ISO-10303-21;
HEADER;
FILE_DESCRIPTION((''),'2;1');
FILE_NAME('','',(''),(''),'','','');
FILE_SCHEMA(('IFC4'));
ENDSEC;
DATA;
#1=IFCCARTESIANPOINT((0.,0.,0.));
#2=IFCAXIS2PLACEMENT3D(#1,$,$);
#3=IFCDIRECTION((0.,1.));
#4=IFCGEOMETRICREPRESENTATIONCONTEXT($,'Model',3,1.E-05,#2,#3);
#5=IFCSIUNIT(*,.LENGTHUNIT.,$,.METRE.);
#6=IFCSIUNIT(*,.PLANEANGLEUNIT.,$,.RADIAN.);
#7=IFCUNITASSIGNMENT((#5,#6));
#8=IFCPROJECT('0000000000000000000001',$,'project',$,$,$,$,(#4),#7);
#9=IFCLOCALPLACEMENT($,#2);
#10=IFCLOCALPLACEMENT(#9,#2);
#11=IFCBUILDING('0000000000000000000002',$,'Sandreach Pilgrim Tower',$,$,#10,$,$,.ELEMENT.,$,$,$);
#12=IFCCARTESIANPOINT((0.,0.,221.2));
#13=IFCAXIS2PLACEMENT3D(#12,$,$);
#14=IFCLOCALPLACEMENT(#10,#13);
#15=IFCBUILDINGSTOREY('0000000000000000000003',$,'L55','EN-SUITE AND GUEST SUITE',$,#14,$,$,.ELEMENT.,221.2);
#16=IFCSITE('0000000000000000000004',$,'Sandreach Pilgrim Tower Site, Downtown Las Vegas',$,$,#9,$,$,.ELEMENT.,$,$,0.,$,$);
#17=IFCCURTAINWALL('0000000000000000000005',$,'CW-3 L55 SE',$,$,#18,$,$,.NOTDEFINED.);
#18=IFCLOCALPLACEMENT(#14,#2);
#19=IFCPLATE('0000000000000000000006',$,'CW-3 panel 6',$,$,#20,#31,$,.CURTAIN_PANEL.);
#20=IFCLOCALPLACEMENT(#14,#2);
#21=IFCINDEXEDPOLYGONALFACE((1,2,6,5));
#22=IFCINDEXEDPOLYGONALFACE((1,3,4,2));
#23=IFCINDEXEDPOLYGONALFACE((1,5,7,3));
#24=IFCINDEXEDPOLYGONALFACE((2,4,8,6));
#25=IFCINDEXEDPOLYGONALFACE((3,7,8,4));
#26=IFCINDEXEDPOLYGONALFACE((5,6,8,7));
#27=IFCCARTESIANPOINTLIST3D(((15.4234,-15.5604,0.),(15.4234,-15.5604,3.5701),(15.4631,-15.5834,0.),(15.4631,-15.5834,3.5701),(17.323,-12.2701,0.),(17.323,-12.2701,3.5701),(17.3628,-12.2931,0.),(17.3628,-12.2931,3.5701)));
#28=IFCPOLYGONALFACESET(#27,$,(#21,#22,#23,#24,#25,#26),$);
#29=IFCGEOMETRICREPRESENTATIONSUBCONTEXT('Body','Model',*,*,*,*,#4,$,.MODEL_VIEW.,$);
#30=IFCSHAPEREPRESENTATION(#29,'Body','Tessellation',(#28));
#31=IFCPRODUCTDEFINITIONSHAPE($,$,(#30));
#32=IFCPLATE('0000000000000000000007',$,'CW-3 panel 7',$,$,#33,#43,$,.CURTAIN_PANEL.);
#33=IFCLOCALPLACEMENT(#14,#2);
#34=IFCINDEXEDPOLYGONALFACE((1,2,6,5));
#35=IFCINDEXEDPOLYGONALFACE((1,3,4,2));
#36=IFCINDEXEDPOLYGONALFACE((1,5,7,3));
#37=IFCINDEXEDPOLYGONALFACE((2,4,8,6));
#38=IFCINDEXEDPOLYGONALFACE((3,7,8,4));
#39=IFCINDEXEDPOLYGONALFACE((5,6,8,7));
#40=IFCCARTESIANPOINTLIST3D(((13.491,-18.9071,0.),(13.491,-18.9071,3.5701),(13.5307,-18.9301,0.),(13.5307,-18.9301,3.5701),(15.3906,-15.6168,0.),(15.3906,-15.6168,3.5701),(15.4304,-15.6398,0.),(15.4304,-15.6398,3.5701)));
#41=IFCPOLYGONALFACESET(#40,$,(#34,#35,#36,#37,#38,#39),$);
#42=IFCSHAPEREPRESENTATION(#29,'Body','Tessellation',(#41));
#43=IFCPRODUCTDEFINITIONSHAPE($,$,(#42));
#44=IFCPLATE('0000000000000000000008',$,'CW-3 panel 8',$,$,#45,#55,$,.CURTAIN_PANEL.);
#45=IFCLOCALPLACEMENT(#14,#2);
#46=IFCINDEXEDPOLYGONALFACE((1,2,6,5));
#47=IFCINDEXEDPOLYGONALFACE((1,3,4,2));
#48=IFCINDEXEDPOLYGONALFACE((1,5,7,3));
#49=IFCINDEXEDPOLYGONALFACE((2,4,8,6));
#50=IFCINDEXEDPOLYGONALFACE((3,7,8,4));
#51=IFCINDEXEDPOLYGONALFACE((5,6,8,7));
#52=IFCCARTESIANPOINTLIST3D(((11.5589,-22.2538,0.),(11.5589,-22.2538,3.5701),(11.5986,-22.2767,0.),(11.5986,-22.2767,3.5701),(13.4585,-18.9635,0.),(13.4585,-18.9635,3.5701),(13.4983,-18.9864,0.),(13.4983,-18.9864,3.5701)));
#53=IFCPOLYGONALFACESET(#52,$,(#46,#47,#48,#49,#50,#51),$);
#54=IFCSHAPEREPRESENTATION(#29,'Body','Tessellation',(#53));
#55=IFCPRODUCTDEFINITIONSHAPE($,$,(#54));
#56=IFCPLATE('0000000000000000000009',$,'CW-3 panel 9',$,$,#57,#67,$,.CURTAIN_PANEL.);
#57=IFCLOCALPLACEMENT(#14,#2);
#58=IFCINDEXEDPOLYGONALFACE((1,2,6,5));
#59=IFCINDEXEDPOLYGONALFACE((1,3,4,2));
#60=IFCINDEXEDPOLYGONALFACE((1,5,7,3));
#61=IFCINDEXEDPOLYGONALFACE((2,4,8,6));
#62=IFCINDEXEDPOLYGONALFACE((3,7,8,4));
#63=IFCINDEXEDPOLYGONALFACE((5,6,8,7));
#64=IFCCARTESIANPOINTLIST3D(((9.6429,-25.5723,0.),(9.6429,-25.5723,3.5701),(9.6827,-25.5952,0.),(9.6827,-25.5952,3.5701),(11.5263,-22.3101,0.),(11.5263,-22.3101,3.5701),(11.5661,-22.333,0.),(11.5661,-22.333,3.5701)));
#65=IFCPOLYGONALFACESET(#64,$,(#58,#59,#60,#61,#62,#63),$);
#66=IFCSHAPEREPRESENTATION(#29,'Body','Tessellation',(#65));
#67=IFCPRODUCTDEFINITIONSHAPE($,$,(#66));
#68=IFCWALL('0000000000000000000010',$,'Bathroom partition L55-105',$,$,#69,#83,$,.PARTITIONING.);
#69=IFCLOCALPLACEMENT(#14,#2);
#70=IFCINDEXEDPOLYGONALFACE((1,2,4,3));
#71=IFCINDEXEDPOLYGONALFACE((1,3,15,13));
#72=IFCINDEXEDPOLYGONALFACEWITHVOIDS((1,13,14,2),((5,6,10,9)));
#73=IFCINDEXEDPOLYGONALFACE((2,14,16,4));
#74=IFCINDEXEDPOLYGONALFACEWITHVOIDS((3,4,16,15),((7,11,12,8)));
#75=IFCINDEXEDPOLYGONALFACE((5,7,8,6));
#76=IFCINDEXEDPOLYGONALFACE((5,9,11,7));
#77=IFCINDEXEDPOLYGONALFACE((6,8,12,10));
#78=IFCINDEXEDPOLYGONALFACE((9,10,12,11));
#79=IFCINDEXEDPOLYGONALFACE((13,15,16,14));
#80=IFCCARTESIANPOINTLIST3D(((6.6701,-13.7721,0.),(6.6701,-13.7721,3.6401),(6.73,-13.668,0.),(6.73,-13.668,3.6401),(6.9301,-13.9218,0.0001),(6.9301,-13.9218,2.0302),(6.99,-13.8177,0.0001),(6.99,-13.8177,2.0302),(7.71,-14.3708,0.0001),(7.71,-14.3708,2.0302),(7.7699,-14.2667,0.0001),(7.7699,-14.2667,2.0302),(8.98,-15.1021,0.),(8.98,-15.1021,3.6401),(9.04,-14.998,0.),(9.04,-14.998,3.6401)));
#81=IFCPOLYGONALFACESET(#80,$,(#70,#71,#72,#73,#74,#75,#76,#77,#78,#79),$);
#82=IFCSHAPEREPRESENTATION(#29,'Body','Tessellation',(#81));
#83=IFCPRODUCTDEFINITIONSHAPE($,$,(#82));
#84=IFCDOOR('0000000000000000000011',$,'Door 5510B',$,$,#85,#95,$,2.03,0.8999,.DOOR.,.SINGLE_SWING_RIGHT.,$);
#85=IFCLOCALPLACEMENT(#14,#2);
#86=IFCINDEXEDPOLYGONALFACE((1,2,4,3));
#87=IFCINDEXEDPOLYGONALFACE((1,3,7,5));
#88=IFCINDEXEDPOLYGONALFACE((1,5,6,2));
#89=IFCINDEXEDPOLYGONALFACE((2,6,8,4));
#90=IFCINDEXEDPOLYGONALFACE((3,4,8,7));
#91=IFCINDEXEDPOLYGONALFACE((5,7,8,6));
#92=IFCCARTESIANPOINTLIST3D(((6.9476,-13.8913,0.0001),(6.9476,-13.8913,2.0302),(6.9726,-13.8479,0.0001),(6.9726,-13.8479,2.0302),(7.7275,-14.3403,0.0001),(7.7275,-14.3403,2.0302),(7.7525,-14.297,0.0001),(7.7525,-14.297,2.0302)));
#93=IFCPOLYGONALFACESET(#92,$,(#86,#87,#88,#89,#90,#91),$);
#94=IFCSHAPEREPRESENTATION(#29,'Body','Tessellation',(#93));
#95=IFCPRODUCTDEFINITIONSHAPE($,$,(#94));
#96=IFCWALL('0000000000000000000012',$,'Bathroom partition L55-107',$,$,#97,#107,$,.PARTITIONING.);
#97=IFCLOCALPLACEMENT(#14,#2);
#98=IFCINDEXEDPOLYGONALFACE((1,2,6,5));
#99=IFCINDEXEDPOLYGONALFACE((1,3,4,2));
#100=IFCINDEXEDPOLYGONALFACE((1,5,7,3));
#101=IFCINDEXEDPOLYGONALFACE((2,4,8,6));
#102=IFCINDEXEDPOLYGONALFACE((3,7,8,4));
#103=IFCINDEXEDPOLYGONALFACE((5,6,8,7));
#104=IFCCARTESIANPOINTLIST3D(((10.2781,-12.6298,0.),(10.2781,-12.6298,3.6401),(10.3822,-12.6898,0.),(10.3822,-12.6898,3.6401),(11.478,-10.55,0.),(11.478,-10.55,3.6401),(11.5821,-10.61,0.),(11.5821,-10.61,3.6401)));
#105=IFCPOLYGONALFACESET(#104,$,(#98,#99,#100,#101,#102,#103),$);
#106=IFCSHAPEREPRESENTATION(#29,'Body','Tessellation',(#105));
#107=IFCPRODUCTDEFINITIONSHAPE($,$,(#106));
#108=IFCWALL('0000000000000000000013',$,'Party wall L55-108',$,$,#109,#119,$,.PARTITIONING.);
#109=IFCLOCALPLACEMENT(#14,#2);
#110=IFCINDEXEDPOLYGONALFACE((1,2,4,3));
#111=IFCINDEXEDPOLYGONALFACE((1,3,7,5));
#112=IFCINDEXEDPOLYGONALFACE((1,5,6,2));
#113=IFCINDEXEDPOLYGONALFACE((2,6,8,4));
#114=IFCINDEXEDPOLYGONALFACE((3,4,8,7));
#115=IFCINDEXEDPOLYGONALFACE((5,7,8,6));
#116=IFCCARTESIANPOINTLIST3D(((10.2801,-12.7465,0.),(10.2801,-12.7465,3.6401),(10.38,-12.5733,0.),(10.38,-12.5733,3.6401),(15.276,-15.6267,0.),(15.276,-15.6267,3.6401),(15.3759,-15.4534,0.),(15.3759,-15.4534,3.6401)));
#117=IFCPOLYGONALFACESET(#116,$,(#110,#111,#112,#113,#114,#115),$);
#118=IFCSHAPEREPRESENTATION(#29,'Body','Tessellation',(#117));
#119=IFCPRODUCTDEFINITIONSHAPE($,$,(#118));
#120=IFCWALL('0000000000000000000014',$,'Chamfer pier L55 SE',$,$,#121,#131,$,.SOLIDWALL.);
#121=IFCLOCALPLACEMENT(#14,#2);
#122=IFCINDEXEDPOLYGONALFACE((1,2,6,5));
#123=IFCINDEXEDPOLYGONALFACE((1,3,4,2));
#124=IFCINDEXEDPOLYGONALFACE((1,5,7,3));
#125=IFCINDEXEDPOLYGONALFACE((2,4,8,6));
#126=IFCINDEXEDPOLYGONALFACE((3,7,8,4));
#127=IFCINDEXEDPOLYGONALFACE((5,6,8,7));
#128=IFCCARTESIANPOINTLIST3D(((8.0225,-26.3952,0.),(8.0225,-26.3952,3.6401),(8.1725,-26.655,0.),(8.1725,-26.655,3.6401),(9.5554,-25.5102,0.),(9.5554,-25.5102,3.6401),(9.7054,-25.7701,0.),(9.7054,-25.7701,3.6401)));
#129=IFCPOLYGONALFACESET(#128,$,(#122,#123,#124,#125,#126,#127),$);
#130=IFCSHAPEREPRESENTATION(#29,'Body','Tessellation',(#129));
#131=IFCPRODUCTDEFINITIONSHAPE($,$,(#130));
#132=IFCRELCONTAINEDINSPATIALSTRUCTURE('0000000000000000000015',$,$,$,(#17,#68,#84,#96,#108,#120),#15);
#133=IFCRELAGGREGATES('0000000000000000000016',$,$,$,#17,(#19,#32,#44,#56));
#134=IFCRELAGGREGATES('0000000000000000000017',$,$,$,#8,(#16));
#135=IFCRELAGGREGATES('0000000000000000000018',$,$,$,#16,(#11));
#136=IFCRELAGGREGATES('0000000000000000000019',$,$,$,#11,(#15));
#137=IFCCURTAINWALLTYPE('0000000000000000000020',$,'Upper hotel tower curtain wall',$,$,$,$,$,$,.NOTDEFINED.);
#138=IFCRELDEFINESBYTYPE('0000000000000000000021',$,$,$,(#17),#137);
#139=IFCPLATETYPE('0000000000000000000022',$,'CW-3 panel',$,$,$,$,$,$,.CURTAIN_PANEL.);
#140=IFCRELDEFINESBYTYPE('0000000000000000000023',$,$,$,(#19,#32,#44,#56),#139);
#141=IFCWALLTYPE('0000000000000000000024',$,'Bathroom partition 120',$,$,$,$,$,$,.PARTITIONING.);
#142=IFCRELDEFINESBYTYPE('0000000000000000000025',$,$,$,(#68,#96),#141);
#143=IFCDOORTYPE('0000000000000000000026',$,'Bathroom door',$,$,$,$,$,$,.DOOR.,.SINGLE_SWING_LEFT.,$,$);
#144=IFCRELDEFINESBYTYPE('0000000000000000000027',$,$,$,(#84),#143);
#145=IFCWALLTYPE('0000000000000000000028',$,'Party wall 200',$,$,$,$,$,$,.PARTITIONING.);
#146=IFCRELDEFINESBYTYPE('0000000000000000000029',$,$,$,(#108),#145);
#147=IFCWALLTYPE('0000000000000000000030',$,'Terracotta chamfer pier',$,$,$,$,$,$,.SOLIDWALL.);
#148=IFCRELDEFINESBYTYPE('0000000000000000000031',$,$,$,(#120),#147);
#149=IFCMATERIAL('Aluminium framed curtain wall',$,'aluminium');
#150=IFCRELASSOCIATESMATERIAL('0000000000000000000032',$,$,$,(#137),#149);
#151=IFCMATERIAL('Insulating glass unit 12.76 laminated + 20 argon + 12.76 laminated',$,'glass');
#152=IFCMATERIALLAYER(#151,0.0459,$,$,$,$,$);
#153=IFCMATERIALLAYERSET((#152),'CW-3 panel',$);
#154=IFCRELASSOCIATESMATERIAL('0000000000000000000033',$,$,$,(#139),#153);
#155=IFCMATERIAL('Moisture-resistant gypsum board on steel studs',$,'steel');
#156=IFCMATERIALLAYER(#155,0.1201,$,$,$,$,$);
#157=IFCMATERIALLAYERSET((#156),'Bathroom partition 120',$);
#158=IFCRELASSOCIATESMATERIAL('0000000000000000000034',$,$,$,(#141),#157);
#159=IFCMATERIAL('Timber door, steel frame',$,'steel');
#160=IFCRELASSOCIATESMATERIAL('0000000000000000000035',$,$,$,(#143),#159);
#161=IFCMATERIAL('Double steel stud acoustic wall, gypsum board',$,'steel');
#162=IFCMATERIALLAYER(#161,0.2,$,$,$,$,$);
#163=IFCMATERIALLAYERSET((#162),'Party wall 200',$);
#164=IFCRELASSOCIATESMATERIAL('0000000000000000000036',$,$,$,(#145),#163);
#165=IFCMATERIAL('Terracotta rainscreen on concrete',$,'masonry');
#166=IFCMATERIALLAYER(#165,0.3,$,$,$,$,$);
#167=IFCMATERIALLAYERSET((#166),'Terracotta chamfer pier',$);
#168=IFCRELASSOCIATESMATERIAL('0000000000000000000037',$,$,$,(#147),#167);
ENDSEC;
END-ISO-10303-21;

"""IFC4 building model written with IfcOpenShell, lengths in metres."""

from ifc_helpers import new_model, si_unit, direction, frame, frame_2d, origin, origin_2d, place, context, subcontext, project, spatial, rectangle, extrude, material, layer, layer_set, type_object, element, fill, aggregate, save


model = new_model("IFC4")

# Units and contexts
model_context = context("Model", 3, precision=1e-05, world=origin(), true_north=direction((0.0, 1.0)))
body_context = subcontext(model_context, "Body", "Model", "MODEL_VIEW")
ifc_project = project(units=[si_unit("LENGTHUNIT", "METRE"), si_unit("PLANEANGLEUNIT", "RADIAN")], contexts=[model_context])

# Site, building, storey
site_placement = place(None, origin())
site = spatial("IfcSite", under=ifc_project, at=site_placement, Name="Sandreach Pilgrim Tower Site, Downtown Las Vegas", CompositionType="ELEMENT", RefElevation=0.0)
building_placement = place(site_placement, origin())
building = spatial("IfcBuilding", under=site, at=building_placement, Name="Sandreach Pilgrim Tower", CompositionType="ELEMENT")
storey_placement = place(building_placement, frame((0.0, 0.0, 221.2)))
storey = spatial("IfcBuildingStorey", under=building, at=storey_placement, Name="L55", Description="EN-SUITE AND GUEST SUITE", CompositionType="ELEMENT", Elevation=221.2)

# Curtain wall
ifc_material_1 = material(Name="Aluminium framed curtain wall", Category="aluminium")
curtain_wall_type = type_object("IfcCurtainWallType", Name="Upper hotel tower curtain wall", PredefinedType="NOTDEFINED", material=ifc_material_1)
curtain_wall_1_placement = place(storey_placement, origin())
curtain_wall_1 = element("IfcCurtainWall", 1, at=curtain_wall_1_placement, inside=storey, type_object=curtain_wall_type, Name="CW-3 L55 SE", PredefinedType="NOTDEFINED")

# Plates
ifc_material_2 = material(Name="Insulating glass unit 12.76 laminated + 20 argon + 12.76 laminated", Category="glass")
ifc_layer_1 = layer(ifc_material_2, 0.0459)
ifc_layer_set_1 = layer_set([ifc_layer_1], Name="CW-3 panel")
plate_type = type_object("IfcPlateType", Name="CW-3 panel", PredefinedType="CURTAIN_PANEL", material=ifc_layer_set_1)
plate_1_placement = place(storey_placement, frame((16.3931, -13.9268, 0.0), z_axis=(0.0, 0.0, 1.0), x_axis=(-0.5, -0.866025, 0.0)))
plate_1 = element("IfcPlate", 2, at=plate_1_placement, type_object=plate_type, Name="CW-3 panel 6", PredefinedType="CURTAIN_PANEL", context=body_context, shape_type="SweptSolid", body=[
    extrude(rectangle(XDim=3.7993, YDim=0.0459, at=origin_2d()), origin(), (0.0, 0.0, 1.0), 3.5701),
])
plate_2_placement = place(storey_placement, frame((14.4607, -17.2734, 0.0), z_axis=(0.0, 0.0, 1.0), x_axis=(-0.5, -0.866025, 0.0)))
plate_2 = element("IfcPlate", 3, at=plate_2_placement, type_object=plate_type, Name="CW-3 panel 7", PredefinedType="CURTAIN_PANEL", context=body_context, shape_type="SweptSolid", body=[
    extrude(rectangle(XDim=3.7993, YDim=0.0459, at=origin_2d()), origin(), (0.0, 0.0, 1.0), 3.5701),
])
plate_3_placement = place(storey_placement, frame((12.5286, -20.6201, 0.0), z_axis=(0.0, 0.0, 1.0), x_axis=(-0.5, -0.866025, 0.0)))
plate_3 = element("IfcPlate", 4, at=plate_3_placement, type_object=plate_type, Name="CW-3 panel 8", PredefinedType="CURTAIN_PANEL", context=body_context, shape_type="SweptSolid", body=[
    extrude(rectangle(XDim=3.7993, YDim=0.0459, at=origin_2d()), origin(), (0.0, 0.0, 1.0), 3.5701),
])
plate_4_placement = place(storey_placement, frame((10.6045, -23.9526, 0.0), z_axis=(0.0, 0.0, 1.0), x_axis=(-0.5, -0.866025, 0.0)))
plate_4 = element("IfcPlate", 5, at=plate_4_placement, type_object=plate_type, Name="CW-3 panel 9", PredefinedType="CURTAIN_PANEL", context=body_context, shape_type="SweptSolid", body=[
    extrude(rectangle(XDim=3.7668, YDim=0.0459, at=origin_2d()), origin(), (0.0, 0.0, 1.0), 3.5701),
])
aggregate(curtain_wall_1, [plate_1, plate_2, plate_3, plate_4])

# Wall, opening, door
ifc_material_3 = material(Name="Moisture-resistant gypsum board on steel studs", Category="steel")
ifc_layer_2 = layer(ifc_material_3, 0.1201)
ifc_layer_set_2 = layer_set([ifc_layer_2], Name="Bathroom partition 120")
wall_type_1 = type_object("IfcWallType", Name="Bathroom partition 120", PredefinedType="PARTITIONING", material=ifc_layer_set_2)
wall_1_placement = place(storey_placement, frame((9.01, -15.05, 0.0), z_axis=(0.0, 0.0, 1.0), x_axis=(-0.866615, 0.498977, 0.0)))
wall_1 = element("IfcWall", 6, at=wall_1_placement, inside=storey, type_object=wall_type_1, Name="Bathroom partition L55-105", PredefinedType="PARTITIONING", context=body_context, shape_type="SweptSolid", body=[
    extrude(rectangle(XDim=2.6655, YDim=0.1201, at=frame_2d((1.3328, 0.0))), origin(), (0.0, 0.0, 1.0), 3.6401),
])
opening_placement = place(wall_1_placement, frame((1.4656, 0.0, 0.0)))
opening = element("IfcOpeningElement", 7, at=opening_placement, cuts=wall_1, PredefinedType="OPENING", context=body_context, shape_type="SweptSolid", body=[
    extrude(rectangle(XDim=0.8999, YDim=2.03, at=frame_2d((0.45, 1.0151))), frame((0.0, 0.0601, 0.0), z_axis=(0.0, -1.0, 0.0), x_axis=(1.0, 0.0, 0.0)), (0.0, 0.0, 1.0), 0.1201),
])
ifc_material_4 = material(Name="Timber door, steel frame", Category="steel")
door_type = type_object("IfcDoorType", Name="Bathroom door", OperationType="SINGLE_SWING_LEFT", PredefinedType="DOOR", material=ifc_material_4)
door_placement = place(opening_placement, origin())
door = element("IfcDoor", 8, at=door_placement, inside=storey, type_object=door_type, Name="Door 5510B", OperationType="SINGLE_SWING_RIGHT", OverallHeight=2.03, OverallWidth=0.8999, PredefinedType="DOOR", context=body_context, shape_type="SweptSolid", body=[
    extrude(rectangle(XDim=0.8999, YDim=2.03, at=frame_2d((0.45, 1.0151))), frame((0.0, 0.0249, 0.0), z_axis=(0.0, -1.0, 0.0), x_axis=(1.0, 0.0, 0.0)), (0.0, 0.0, 1.0), 0.05),
])
fill(opening, door)

# Walls
wall_2_placement = place(storey_placement, frame((10.3301, -12.6599, 0.0), z_axis=(0.0, 0.0, 1.0), x_axis=(0.499737, 0.866177, 0.0)))
element("IfcWall", 9, at=wall_2_placement, inside=storey, type_object=wall_type_1, Name="Bathroom partition L55-107", PredefinedType="PARTITIONING", context=body_context, shape_type="SweptSolid", body=[
    extrude(rectangle(XDim=2.4011, YDim=0.1201, at=frame_2d((1.2007, 0.0))), origin(), (0.0, 0.0, 1.0), 3.6401),
])
ifc_material_5 = material(Name="Double steel stud acoustic wall, gypsum board", Category="steel")
ifc_layer_3 = layer(ifc_material_5, 0.2)
ifc_layer_set_3 = layer_set([ifc_layer_3], Name="Party wall 200")
wall_type_2 = type_object("IfcWallType", Name="Party wall 200", PredefinedType="PARTITIONING", material=ifc_layer_set_3)
wall_3_placement = place(storey_placement, frame((10.3301, -12.6599, 0.0), z_axis=(0.0, 0.0, 1.0), x_axis=(0.866343, -0.49945, 0.0)))
element("IfcWall", 10, at=wall_3_placement, inside=storey, type_object=wall_type_2, Name="Party wall L55-108", PredefinedType="PARTITIONING", context=body_context, shape_type="SweptSolid", body=[
    extrude(rectangle(XDim=5.7666, YDim=0.2, at=frame_2d((2.8833, 0.0))), origin(), (0.0, 0.0, 1.0), 3.6401),
])
ifc_material_6 = material(Name="Terracotta rainscreen on concrete", Category="masonry")
ifc_layer_4 = layer(ifc_material_6, 0.3)
ifc_layer_set_4 = layer_set([ifc_layer_4], Name="Terracotta chamfer pier")
wall_type_3 = type_object("IfcWallType", Name="Terracotta chamfer pier", PredefinedType="SOLIDWALL", material=ifc_layer_set_4)
wall_4_placement = place(storey_placement, frame((9.6304, -25.6401, 0.0), z_axis=(0.0, 0.0, 1.0), x_axis=(-0.866036, -0.499981, 0.0)))
element("IfcWall", 11, at=wall_4_placement, inside=storey, type_object=wall_type_3, Name="Chamfer pier L55 SE", PredefinedType="SOLIDWALL", context=body_context, shape_type="SweptSolid", body=[
    extrude(rectangle(XDim=1.77, YDim=0.3, at=frame_2d((0.885, 0.0))), origin(), (0.0, 0.0, 1.0), 3.6401),
])

save(model, "model.ifc")
